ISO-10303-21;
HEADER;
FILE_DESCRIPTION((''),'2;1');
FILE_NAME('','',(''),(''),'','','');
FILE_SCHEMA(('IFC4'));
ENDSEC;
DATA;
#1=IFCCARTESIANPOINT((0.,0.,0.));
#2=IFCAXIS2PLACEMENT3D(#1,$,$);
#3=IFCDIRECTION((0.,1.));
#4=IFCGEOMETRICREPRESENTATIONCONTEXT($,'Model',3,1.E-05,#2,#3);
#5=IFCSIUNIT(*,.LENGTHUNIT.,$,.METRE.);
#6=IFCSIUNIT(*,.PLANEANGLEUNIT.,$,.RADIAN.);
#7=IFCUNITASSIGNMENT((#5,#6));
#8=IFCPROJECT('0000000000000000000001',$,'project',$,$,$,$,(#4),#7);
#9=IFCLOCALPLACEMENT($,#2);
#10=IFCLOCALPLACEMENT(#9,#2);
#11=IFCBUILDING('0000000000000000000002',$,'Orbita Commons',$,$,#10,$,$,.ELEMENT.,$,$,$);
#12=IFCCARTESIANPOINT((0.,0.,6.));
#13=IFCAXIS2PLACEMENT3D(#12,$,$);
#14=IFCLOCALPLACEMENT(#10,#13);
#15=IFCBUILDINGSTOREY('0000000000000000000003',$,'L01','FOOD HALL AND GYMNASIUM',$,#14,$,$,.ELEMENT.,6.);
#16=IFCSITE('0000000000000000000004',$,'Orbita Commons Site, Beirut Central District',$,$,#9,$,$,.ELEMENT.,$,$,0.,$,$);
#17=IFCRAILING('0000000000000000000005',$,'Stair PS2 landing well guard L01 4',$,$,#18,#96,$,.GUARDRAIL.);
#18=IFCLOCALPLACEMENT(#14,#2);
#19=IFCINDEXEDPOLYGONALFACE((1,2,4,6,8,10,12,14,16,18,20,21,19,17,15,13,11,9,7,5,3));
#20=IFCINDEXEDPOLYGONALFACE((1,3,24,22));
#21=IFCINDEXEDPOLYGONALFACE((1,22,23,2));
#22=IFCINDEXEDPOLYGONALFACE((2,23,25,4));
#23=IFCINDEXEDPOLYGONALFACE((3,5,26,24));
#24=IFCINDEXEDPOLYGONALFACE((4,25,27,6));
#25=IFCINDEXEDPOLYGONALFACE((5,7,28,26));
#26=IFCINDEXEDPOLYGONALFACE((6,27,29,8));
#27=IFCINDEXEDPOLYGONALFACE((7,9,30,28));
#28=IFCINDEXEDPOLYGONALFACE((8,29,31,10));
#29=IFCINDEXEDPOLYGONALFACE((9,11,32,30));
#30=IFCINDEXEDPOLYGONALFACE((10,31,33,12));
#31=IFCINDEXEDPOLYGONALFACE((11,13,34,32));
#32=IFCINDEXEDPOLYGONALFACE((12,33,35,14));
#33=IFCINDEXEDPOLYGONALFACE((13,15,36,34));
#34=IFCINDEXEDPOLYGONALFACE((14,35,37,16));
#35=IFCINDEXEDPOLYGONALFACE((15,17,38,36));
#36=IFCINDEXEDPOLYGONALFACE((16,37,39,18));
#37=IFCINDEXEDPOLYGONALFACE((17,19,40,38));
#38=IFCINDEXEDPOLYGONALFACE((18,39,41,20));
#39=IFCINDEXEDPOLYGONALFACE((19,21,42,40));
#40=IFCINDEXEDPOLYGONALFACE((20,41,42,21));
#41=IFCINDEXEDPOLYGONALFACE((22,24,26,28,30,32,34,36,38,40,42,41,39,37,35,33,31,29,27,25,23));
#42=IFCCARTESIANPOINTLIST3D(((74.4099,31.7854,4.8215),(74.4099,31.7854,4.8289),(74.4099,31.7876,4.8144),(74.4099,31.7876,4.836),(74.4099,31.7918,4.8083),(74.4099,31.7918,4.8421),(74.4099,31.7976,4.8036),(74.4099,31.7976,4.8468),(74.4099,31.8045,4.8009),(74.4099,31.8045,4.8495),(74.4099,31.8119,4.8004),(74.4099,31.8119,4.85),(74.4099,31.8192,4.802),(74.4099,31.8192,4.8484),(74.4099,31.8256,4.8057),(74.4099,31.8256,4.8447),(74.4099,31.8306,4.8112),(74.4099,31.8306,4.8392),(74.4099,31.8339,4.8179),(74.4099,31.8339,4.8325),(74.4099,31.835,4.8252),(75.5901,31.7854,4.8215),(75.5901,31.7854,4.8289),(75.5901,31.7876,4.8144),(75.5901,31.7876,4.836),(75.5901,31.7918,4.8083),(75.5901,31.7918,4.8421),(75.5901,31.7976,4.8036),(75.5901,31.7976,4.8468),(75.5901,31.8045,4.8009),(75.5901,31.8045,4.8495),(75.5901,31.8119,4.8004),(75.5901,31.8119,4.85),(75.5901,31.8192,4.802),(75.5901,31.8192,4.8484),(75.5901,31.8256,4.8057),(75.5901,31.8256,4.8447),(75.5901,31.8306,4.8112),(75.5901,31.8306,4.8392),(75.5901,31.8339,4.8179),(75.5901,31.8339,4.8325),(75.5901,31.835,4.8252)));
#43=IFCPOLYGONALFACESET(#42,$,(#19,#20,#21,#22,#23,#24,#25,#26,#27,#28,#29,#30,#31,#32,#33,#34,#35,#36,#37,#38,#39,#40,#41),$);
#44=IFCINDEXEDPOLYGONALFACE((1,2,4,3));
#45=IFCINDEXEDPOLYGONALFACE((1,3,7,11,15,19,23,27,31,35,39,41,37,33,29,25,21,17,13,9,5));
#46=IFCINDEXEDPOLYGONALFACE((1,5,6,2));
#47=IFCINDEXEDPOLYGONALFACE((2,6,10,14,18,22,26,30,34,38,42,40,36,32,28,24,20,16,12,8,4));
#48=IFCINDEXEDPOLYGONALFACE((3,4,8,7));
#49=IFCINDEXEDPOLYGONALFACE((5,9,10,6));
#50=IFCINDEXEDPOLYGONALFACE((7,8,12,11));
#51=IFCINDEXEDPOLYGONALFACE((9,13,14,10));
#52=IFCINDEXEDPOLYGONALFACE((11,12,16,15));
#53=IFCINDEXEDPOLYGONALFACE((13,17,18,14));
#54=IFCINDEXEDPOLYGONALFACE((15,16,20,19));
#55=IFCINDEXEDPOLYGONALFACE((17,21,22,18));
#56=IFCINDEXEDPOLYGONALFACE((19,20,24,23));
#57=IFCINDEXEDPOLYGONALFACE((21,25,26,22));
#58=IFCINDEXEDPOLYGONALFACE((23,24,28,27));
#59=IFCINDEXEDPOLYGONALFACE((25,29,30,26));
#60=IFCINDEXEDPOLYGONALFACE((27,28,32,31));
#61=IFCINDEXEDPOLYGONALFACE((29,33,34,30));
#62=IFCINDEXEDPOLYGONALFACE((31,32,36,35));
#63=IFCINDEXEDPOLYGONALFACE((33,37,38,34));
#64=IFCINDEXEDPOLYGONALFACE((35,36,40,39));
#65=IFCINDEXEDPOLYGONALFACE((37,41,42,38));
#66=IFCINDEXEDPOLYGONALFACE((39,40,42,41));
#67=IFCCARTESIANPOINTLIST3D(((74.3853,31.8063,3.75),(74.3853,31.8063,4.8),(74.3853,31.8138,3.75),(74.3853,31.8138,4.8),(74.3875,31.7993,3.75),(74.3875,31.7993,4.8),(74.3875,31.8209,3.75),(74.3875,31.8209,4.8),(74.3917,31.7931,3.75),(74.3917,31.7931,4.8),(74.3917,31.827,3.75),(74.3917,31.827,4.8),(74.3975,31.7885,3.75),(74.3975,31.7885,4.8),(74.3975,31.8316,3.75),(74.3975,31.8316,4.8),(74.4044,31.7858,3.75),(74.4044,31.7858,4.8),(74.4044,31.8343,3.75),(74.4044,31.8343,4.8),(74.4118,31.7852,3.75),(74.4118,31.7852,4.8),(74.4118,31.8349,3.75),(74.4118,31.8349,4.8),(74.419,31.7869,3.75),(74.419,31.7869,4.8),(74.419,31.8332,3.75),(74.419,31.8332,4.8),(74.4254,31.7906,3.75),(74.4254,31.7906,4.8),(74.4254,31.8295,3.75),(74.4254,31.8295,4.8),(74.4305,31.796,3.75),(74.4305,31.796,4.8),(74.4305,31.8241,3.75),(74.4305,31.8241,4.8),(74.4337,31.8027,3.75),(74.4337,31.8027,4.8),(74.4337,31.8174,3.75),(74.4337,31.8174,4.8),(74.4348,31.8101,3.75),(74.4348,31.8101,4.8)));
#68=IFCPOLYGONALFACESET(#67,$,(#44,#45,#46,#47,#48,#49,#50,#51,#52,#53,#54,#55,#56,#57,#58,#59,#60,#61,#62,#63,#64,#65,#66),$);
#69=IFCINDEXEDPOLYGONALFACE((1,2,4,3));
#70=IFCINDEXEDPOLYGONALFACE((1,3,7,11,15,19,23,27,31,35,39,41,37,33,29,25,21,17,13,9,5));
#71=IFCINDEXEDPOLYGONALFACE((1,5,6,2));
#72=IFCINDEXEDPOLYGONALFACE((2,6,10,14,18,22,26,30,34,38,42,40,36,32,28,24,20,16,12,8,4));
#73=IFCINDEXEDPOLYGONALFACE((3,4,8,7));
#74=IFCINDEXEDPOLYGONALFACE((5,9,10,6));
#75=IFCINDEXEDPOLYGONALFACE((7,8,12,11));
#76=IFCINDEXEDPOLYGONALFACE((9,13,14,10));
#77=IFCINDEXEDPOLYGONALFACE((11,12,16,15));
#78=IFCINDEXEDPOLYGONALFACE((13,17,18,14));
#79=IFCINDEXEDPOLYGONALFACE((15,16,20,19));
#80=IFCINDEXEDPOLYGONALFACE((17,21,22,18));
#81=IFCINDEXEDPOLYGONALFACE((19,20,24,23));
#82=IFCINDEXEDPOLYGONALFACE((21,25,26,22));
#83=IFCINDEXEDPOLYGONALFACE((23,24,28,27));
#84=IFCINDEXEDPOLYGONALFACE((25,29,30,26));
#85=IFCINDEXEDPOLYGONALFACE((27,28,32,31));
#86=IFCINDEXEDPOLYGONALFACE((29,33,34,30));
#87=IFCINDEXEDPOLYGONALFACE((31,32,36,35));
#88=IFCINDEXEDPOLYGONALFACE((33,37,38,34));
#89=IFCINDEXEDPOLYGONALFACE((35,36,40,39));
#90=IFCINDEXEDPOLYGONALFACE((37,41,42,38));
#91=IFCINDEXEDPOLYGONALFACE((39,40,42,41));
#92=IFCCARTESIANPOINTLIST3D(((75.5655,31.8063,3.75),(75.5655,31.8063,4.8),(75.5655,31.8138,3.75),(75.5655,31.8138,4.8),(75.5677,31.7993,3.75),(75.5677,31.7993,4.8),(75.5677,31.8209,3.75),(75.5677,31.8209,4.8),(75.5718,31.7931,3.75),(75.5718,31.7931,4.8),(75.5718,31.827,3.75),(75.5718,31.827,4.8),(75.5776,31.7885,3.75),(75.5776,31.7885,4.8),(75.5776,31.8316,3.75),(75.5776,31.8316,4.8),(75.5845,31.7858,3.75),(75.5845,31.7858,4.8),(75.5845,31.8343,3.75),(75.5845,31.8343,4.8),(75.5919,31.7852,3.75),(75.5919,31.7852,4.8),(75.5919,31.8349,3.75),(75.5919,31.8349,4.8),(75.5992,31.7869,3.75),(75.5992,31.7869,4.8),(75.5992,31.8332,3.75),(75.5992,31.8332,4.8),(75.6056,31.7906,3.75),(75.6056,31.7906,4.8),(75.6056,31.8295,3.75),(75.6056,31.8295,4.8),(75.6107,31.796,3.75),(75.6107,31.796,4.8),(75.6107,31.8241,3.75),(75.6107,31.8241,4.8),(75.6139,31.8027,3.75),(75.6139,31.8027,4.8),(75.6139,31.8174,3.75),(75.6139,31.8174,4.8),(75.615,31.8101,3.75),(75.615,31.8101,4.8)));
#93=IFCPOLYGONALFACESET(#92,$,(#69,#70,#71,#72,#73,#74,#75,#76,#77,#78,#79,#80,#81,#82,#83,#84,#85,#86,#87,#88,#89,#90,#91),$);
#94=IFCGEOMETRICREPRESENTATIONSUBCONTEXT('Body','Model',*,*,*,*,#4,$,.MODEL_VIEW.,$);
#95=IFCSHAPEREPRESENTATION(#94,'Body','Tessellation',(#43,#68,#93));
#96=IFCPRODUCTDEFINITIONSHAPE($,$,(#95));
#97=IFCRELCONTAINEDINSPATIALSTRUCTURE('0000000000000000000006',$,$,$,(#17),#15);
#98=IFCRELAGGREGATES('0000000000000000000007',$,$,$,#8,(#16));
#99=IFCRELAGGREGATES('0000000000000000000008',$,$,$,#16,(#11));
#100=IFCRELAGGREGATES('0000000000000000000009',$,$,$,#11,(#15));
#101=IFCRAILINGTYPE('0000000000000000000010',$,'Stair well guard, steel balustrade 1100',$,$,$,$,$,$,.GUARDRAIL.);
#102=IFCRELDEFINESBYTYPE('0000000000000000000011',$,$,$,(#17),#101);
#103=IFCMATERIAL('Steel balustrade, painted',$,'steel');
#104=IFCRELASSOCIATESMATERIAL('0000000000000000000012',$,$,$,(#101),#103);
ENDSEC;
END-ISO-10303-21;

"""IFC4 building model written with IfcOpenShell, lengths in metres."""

from ifc_helpers import new_model, si_unit, direction, frame, origin, origin_2d, place, context, subcontext, project, spatial, circle, extrude, material, type_object, element, save


model = new_model("IFC4")

# Units and contexts
model_context = context("Model", 3, precision=1e-05, world=origin(), true_north=direction((0.0, 1.0)))
body_context = subcontext(model_context, "Body", "Model", "MODEL_VIEW")
ifc_project = project(units=[si_unit("LENGTHUNIT", "METRE"), si_unit("PLANEANGLEUNIT", "RADIAN")], contexts=[model_context])

# Site, building, storey
site_placement = place(None, origin())
site = spatial("IfcSite", under=ifc_project, at=site_placement, Name="Orbita Commons Site, Beirut Central District", CompositionType="ELEMENT", RefElevation=0.0)
building_placement = place(site_placement, origin())
building = spatial("IfcBuilding", under=site, at=building_placement, Name="Orbita Commons", CompositionType="ELEMENT")
storey_placement = place(building_placement, frame((0.0, 0.0, 6.0)))
storey = spatial("IfcBuildingStorey", under=building, at=storey_placement, Name="L01", Description="FOOD HALL AND GYMNASIUM", CompositionType="ELEMENT", Elevation=6.0)

# Railing
ifc_material_1 = material(Name="Steel balustrade, painted", Category="steel")
railing_type_1 = type_object("IfcRailingType", Name="Stair well guard, steel balustrade 1100", PredefinedType="GUARDRAIL", material=ifc_material_1)
for number, where, name in (
    (1, (74.4099, 31.8101, 3.75), "Stair PS2 landing well guard L01 4"),
):
    element("IfcRailing", number, at=place(storey_placement, frame(where)), inside=storey, type_object=railing_type_1, Name=name, PredefinedType="GUARDRAIL", context=body_context, shape_type="SweptSolid", body=[
        extrude(circle(Radius=0.0249, at=origin_2d()), frame((0.0, 0.0, 1.0752), z_axis=(1.0, 0.0, 0.0), x_axis=(0.0, 1.0, 0.0)), (0.0, 0.0, 1.0), 1.1802),
        extrude(circle(Radius=0.0249, at=origin_2d()), origin(), (0.0, 0.0, 1.0), 1.05),
        extrude(circle(Radius=0.0249, at=origin_2d()), frame((1.1802, 0.0, 0.0)), (0.0, 0.0, 1.0), 1.05),
    ])

save(model, "model.ifc")
